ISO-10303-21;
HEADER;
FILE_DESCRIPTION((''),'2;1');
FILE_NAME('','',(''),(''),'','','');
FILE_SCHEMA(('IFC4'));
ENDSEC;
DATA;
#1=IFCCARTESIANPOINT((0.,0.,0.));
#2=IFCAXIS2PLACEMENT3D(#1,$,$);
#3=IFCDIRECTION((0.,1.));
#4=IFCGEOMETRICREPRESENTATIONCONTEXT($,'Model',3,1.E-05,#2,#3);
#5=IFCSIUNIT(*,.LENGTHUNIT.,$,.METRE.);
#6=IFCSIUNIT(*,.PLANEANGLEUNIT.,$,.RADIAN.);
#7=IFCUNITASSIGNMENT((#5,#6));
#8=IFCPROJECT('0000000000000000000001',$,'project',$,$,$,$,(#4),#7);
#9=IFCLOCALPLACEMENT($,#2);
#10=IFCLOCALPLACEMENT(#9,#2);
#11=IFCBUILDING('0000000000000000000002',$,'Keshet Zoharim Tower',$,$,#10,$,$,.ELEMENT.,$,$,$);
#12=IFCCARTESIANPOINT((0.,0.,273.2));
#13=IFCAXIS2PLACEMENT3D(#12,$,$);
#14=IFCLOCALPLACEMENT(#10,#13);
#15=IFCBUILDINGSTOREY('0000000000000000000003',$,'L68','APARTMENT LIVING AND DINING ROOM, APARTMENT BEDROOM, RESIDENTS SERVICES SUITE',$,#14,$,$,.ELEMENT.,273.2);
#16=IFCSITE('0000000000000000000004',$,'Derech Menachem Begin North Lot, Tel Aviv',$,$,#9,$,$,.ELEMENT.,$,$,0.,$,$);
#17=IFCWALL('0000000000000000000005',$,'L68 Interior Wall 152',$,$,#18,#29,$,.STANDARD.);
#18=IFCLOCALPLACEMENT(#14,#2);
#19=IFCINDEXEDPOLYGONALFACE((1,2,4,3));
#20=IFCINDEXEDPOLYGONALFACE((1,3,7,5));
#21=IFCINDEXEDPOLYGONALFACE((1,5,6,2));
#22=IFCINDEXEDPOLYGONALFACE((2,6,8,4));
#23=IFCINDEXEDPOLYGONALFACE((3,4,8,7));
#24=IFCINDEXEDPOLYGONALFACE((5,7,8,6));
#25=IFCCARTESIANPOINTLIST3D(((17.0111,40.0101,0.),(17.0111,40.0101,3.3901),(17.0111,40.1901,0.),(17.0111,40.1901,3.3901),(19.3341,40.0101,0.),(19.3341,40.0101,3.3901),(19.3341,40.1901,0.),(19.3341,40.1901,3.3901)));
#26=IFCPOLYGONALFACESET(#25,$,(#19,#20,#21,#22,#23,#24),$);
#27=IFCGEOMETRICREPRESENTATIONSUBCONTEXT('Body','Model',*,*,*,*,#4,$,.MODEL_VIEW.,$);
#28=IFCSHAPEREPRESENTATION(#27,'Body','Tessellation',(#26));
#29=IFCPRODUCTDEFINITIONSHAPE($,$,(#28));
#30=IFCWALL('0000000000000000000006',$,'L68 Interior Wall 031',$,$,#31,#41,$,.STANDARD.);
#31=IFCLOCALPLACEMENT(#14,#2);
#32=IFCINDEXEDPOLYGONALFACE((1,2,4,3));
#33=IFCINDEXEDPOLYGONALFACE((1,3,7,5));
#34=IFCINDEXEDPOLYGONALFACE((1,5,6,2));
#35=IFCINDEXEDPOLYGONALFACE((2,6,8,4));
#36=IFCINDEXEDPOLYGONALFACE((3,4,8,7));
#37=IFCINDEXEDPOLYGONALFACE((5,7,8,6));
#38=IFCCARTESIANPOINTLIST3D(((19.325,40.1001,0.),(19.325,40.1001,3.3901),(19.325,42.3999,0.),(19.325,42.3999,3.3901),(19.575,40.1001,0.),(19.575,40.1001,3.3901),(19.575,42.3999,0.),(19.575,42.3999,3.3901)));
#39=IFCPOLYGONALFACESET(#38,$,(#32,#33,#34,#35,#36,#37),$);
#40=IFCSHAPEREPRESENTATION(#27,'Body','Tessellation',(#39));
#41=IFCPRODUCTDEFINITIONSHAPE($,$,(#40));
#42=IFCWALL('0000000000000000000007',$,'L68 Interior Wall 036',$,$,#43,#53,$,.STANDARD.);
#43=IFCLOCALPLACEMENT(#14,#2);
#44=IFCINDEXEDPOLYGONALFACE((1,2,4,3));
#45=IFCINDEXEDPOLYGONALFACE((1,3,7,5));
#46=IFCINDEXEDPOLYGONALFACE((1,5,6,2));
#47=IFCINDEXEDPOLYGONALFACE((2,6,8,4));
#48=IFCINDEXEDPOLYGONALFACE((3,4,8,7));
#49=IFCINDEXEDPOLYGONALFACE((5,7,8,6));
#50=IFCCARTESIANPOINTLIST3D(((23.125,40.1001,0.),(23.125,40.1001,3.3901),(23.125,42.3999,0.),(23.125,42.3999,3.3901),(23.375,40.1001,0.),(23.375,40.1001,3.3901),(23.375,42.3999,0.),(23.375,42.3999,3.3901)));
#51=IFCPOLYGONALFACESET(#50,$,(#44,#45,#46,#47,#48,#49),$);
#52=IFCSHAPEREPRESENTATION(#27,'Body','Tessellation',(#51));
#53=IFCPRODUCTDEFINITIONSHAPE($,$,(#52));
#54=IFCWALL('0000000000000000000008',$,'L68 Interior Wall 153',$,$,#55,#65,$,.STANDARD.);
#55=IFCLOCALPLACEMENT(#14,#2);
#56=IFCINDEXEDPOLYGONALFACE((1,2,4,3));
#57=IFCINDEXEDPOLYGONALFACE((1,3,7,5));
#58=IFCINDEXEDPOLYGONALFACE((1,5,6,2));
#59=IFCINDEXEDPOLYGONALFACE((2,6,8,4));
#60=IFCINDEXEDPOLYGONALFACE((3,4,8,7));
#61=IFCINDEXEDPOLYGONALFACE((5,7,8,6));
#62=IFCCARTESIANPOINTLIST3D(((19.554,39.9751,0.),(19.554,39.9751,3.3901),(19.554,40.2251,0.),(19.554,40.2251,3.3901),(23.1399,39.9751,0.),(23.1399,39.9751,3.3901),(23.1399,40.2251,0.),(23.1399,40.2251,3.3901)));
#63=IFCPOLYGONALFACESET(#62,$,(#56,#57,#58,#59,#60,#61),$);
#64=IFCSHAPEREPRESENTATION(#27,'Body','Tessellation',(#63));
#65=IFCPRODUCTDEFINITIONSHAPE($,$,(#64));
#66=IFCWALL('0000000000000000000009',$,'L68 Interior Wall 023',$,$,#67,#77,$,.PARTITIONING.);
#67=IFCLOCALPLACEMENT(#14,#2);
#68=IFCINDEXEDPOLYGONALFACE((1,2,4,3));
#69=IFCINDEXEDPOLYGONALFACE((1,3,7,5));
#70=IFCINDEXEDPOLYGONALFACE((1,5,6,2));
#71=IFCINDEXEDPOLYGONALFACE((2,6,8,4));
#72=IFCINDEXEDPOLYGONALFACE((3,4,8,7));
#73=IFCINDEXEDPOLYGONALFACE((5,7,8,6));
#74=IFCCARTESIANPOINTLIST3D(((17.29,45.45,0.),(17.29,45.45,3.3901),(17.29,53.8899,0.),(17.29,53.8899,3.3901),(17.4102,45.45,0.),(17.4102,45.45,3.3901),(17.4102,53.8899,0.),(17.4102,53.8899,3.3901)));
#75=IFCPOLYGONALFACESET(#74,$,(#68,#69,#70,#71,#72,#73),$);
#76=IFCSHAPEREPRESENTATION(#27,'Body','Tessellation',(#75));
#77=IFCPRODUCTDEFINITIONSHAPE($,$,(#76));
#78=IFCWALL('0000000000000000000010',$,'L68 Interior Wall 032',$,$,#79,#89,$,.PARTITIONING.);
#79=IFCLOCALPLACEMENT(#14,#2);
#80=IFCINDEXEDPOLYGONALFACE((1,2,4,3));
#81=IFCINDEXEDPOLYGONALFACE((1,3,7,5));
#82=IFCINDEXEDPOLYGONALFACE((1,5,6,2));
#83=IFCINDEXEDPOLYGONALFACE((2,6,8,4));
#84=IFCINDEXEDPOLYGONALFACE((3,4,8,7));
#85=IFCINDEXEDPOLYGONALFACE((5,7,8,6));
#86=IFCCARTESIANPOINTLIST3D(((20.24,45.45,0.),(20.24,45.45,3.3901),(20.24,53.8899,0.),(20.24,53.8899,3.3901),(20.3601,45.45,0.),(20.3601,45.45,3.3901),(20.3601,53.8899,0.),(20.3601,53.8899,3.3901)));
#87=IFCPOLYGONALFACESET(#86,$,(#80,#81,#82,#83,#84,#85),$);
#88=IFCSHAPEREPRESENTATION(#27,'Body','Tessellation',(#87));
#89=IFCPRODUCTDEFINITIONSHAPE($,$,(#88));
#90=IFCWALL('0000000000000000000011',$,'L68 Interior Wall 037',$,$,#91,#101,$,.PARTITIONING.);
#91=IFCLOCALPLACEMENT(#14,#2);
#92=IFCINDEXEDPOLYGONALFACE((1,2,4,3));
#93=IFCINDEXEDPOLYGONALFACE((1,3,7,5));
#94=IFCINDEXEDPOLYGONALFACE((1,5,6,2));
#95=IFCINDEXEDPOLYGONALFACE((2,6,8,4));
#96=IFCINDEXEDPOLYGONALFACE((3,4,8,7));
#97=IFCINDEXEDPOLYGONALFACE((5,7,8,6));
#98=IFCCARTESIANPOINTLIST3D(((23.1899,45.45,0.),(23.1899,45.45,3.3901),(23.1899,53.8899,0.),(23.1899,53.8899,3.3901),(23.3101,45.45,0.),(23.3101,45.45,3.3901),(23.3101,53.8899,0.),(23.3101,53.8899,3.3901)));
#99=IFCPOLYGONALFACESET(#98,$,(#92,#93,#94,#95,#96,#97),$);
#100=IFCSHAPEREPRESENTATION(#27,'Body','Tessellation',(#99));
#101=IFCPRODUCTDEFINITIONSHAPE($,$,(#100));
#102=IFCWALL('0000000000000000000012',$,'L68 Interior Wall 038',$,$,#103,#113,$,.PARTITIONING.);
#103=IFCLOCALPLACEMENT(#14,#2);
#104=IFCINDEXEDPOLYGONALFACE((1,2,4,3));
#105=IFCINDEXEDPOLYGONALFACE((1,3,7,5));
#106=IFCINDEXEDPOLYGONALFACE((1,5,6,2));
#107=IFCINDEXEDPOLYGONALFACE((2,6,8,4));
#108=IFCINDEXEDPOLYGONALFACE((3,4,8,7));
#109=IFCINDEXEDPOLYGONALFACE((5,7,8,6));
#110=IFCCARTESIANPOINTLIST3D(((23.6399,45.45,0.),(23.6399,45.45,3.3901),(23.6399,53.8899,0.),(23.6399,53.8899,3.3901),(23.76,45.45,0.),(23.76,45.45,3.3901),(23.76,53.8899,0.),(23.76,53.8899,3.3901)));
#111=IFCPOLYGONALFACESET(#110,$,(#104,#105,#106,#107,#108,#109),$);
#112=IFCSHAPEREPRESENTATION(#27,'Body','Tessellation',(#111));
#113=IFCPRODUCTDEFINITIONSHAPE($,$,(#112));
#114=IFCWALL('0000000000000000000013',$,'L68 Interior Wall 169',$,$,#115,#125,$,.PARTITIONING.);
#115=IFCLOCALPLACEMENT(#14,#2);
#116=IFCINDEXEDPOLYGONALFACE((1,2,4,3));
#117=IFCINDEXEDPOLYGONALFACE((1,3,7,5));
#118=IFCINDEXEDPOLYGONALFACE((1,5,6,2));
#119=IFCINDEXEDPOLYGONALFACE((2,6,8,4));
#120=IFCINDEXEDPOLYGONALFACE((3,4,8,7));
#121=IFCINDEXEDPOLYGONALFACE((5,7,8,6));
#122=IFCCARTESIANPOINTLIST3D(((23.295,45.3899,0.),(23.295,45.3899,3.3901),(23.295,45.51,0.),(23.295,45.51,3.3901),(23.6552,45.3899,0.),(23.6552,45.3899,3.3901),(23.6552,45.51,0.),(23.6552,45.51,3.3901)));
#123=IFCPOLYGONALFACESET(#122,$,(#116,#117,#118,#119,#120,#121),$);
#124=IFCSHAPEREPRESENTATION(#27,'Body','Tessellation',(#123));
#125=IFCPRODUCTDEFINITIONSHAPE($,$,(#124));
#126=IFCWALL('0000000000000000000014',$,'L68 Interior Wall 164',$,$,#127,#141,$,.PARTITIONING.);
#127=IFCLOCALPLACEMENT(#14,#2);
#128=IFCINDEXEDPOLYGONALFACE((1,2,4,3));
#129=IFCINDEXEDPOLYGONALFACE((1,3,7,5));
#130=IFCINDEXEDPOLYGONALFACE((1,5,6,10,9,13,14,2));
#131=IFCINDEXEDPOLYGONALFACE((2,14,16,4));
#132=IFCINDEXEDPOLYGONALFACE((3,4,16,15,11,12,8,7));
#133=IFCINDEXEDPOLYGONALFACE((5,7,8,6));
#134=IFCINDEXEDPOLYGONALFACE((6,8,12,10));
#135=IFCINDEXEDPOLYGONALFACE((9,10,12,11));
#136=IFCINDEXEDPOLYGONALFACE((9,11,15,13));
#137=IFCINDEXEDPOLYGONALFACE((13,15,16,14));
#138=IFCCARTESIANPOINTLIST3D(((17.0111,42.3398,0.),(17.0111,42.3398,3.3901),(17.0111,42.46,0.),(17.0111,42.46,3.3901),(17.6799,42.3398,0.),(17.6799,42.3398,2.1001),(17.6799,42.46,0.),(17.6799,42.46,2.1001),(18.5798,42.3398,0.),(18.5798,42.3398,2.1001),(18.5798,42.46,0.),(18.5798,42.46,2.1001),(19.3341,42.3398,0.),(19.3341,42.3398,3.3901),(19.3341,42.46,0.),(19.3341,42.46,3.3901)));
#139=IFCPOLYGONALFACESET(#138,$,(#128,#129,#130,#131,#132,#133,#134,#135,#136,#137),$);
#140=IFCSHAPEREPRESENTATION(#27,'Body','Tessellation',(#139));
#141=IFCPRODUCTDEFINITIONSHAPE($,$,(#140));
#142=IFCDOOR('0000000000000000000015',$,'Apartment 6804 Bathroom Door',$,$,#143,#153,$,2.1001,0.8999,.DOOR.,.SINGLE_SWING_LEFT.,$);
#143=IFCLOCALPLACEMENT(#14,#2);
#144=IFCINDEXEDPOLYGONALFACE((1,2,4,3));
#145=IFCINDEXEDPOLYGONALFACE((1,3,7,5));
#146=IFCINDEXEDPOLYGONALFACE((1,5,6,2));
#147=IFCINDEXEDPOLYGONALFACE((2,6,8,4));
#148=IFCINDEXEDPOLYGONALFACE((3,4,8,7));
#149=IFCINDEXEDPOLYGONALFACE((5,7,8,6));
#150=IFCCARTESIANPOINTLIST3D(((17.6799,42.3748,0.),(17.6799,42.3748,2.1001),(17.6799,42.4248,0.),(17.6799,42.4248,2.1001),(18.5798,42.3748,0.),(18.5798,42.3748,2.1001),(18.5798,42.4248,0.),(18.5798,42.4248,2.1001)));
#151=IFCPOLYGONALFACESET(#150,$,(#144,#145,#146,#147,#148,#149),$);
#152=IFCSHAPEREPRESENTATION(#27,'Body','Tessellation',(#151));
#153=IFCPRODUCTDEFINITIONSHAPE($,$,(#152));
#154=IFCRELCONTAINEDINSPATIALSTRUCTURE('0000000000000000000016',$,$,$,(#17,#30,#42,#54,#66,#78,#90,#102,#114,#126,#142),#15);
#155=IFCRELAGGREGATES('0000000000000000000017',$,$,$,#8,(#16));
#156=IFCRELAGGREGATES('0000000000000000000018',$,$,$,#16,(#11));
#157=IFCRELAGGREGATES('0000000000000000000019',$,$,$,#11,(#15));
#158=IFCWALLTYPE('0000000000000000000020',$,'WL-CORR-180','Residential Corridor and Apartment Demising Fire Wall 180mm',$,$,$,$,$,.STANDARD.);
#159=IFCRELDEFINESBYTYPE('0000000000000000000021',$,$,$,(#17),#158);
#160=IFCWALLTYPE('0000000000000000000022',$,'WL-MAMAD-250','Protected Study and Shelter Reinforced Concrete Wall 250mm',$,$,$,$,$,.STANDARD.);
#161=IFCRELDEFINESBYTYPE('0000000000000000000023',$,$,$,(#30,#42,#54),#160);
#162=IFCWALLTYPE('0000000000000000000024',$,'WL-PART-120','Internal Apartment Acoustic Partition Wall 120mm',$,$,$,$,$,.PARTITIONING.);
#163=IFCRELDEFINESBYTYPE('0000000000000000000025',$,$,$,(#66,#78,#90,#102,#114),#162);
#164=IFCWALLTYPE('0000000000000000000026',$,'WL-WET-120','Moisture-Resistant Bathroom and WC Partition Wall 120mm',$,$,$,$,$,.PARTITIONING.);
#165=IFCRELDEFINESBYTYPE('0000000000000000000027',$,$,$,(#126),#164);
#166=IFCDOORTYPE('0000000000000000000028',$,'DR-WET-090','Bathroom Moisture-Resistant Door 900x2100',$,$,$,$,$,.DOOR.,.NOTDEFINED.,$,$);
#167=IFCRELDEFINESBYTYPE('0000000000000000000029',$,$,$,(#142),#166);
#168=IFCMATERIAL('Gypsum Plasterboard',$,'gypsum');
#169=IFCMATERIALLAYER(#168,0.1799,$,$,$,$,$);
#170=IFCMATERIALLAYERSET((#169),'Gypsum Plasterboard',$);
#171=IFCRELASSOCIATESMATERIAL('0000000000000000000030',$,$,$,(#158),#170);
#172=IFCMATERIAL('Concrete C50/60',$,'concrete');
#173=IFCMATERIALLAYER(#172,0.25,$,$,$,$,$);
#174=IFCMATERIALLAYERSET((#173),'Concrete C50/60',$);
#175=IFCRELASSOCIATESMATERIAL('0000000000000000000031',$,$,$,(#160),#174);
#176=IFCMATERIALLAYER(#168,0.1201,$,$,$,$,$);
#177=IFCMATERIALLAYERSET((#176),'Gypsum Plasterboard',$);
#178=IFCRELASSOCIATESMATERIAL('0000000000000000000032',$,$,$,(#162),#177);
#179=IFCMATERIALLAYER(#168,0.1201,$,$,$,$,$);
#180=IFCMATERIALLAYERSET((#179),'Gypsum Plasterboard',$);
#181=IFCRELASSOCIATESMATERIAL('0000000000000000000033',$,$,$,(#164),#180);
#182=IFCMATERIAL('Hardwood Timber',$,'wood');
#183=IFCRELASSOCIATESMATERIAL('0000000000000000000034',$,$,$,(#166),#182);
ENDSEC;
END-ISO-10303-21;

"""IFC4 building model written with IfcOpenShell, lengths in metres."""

from ifc_helpers import new_model, si_unit, direction, frame, frame_2d, origin, place, context, subcontext, project, spatial, rectangle, extrude, material, layer, layer_set, type_object, element, fill, save


model = new_model("IFC4")

# Units and contexts
model_context = context("Model", 3, precision=1e-05, world=origin(), true_north=direction((0.0, 1.0)))
body_context = subcontext(model_context, "Body", "Model", "MODEL_VIEW")
ifc_project = project(units=[si_unit("LENGTHUNIT", "METRE"), si_unit("PLANEANGLEUNIT", "RADIAN")], contexts=[model_context])

# Site, building, storey
site_placement = place(None, origin())
site = spatial("IfcSite", under=ifc_project, at=site_placement, Name="Derech Menachem Begin North Lot, Tel Aviv", CompositionType="ELEMENT", RefElevation=0.0)
building_placement = place(site_placement, origin())
building = spatial("IfcBuilding", under=site, at=building_placement, Name="Keshet Zoharim Tower", CompositionType="ELEMENT")
storey_placement = place(building_placement, frame((0.0, 0.0, 273.2)))
storey = spatial("IfcBuildingStorey", under=building, at=storey_placement, Name="L68", Description="APARTMENT LIVING AND DINING ROOM, APARTMENT BEDROOM, RESIDENTS SERVICES SUITE", CompositionType="ELEMENT", Elevation=273.2)

# Wall
ifc_material_1 = material(Name="Gypsum Plasterboard", Category="gypsum")
ifc_layer_1 = layer(ifc_material_1, 0.1799)
ifc_layer_set_1 = layer_set([ifc_layer_1], Name="Gypsum Plasterboard")
wall_type_1 = type_object("IfcWallType", Name="WL-CORR-180", Description="Residential Corridor and Apartment Demising Fire Wall 180mm", PredefinedType="STANDARD", material=ifc_layer_set_1)
wall_1_placement = place(storey_placement, frame((17.011, 40.1001, 0.0), z_axis=(0.0, 0.0, 1.0), x_axis=(1.0, 0.0, 0.0)))
element("IfcWall", 1, at=wall_1_placement, inside=storey, type_object=wall_type_1, Name="L68 Interior Wall 152", PredefinedType="STANDARD", context=body_context, shape_type="SweptSolid", body=[
    extrude(rectangle(XDim=2.323, YDim=0.1799, at=frame_2d((1.1616, 0.0))), origin(), (0.0, 0.0, 1.0), 3.3901),
])

# Shared definitions
ifc_material_2 = material(Name="Hardwood Timber", Category="wood")

# Walls
ifc_material_3 = material(Name="Concrete C50/60", Category="concrete")
ifc_layer_2 = layer(ifc_material_3, 0.25)
ifc_layer_set_2 = layer_set([ifc_layer_2], Name="Concrete C50/60")
wall_type_2 = type_object("IfcWallType", Name="WL-MAMAD-250", Description="Protected Study and Shelter Reinforced Concrete Wall 250mm", PredefinedType="STANDARD", material=ifc_layer_set_2)
for number, where, z_axis, x_axis, name in (
    (2, (19.45, 40.1001, 0.0), (0.0, 0.0, 1.0), (0.0, 1.0, 0.0), "L68 Interior Wall 031"),
    (3, (23.25, 40.1001, 0.0), (0.0, 0.0, 1.0), (0.0, 1.0, 0.0), "L68 Interior Wall 036"),
):
    element("IfcWall", number, at=place(storey_placement, frame(where, z_axis=z_axis, x_axis=x_axis)), inside=storey, type_object=wall_type_2, Name=name, PredefinedType="STANDARD", context=body_context, shape_type="SweptSolid", body=[
        extrude(rectangle(XDim=2.2998, YDim=0.25, at=frame_2d((1.1499, 0.0))), origin(), (0.0, 0.0, 1.0), 3.3901),
    ])
wall_2_placement = place(storey_placement, frame((19.554, 40.1001, 0.0), z_axis=(0.0, 0.0, 1.0), x_axis=(1.0, 0.0, 0.0)))
element("IfcWall", 4, at=wall_2_placement, inside=storey, type_object=wall_type_2, Name="L68 Interior Wall 153", PredefinedType="STANDARD", context=body_context, shape_type="SweptSolid", body=[
    extrude(rectangle(XDim=3.5859, YDim=0.25, at=frame_2d((1.793, 0.0))), origin(), (0.0, 0.0, 1.0), 3.3901),
])

# Walls
ifc_layer_3 = layer(ifc_material_1, 0.1201)
ifc_layer_set_3 = layer_set([ifc_layer_3], Name="Gypsum Plasterboard")
wall_type_3 = type_object("IfcWallType", Name="WL-PART-120", Description="Internal Apartment Acoustic Partition Wall 120mm", PredefinedType="PARTITIONING", material=ifc_layer_set_3)
for number, where, z_axis, x_axis, name in (
    (5, (17.3501, 45.45, 0.0), (0.0, 0.0, 1.0), (0.0, 1.0, 0.0), "L68 Interior Wall 023"),
    (6, (20.3, 45.45, 0.0), (0.0, 0.0, 1.0), (0.0, 1.0, 0.0), "L68 Interior Wall 032"),
    (7, (23.25, 45.45, 0.0), (0.0, 0.0, 1.0), (0.0, 1.0, 0.0), "L68 Interior Wall 037"),
    (8, (23.7, 45.45, 0.0), (0.0, 0.0, 1.0), (0.0, 1.0, 0.0), "L68 Interior Wall 038"),
):
    element("IfcWall", number, at=place(storey_placement, frame(where, z_axis=z_axis, x_axis=x_axis)), inside=storey, type_object=wall_type_3, Name=name, PredefinedType="PARTITIONING", context=body_context, shape_type="SweptSolid", body=[
        extrude(rectangle(XDim=8.4399, YDim=0.1201, at=frame_2d((4.22, 0.0))), origin(), (0.0, 0.0, 1.0), 3.3901),
    ])
wall_3_placement = place(storey_placement, frame((23.2949, 45.45, 0.0), z_axis=(0.0, 0.0, 1.0), x_axis=(1.0, 0.0, 0.0)))
element("IfcWall", 9, at=wall_3_placement, inside=storey, type_object=wall_type_3, Name="L68 Interior Wall 169", PredefinedType="PARTITIONING", context=body_context, shape_type="SweptSolid", body=[
    extrude(rectangle(XDim=0.3601, YDim=0.1201, at=frame_2d((0.1802, 0.0))), origin(), (0.0, 0.0, 1.0), 3.3901),
])

# Wall, opening, door
ifc_layer_4 = layer(ifc_material_1, 0.1201)
ifc_layer_set_4 = layer_set([ifc_layer_4], Name="Gypsum Plasterboard")
wall_type_4 = type_object("IfcWallType", Name="WL-WET-120", Description="Moisture-Resistant Bathroom and WC Partition Wall 120mm", PredefinedType="PARTITIONING", material=ifc_layer_set_4)
wall_4_placement = place(storey_placement, frame((17.011, 42.3999, 0.0), z_axis=(0.0, 0.0, 1.0), x_axis=(1.0, 0.0, 0.0)))
wall_4 = element("IfcWall", 10, at=wall_4_placement, inside=storey, type_object=wall_type_4, Name="L68 Interior Wall 164", PredefinedType="PARTITIONING", context=body_context, shape_type="SweptSolid", body=[
    extrude(rectangle(XDim=2.323, YDim=0.1201, at=frame_2d((1.1616, 0.0))), origin(), (0.0, 0.0, 1.0), 3.3901),
])
opening_1_placement = place(wall_4_placement, frame((0.6689, 0.0, 0.0)))
opening_1 = element("IfcOpeningElement", 11, at=opening_1_placement, cuts=wall_4, PredefinedType="OPENING", context=body_context, shape_type="SweptSolid", body=[
    extrude(rectangle(XDim=0.8999, YDim=2.1001, at=frame_2d((0.45, 1.05))), frame((0.0, 0.0701, 0.0), z_axis=(0.0, -1.0, 0.0), x_axis=(1.0, 0.0, 0.0)), (0.0, 0.0, 1.0), 0.1401),
])
door_type_1 = type_object("IfcDoorType", Name="DR-WET-090", Description="Bathroom Moisture-Resistant Door 900x2100", OperationType="NOTDEFINED", PredefinedType="DOOR", material=ifc_material_2)
door_1_placement = place(opening_1_placement, origin())
door_1 = element("IfcDoor", 12, at=door_1_placement, inside=storey, type_object=door_type_1, Name="Apartment 6804 Bathroom Door", OperationType="SINGLE_SWING_LEFT", OverallHeight=2.1001, OverallWidth=0.8999, PredefinedType="DOOR", context=body_context, shape_type="SweptSolid", body=[
    extrude(rectangle(XDim=0.8999, YDim=2.1001, at=frame_2d((0.45, 1.05))), frame((0.0, 0.0249, 0.0), z_axis=(0.0, -1.0, 0.0), x_axis=(1.0, 0.0, 0.0)), (0.0, 0.0, 1.0), 0.05),
])
fill(opening_1, door_1)

save(model, "model.ifc")
